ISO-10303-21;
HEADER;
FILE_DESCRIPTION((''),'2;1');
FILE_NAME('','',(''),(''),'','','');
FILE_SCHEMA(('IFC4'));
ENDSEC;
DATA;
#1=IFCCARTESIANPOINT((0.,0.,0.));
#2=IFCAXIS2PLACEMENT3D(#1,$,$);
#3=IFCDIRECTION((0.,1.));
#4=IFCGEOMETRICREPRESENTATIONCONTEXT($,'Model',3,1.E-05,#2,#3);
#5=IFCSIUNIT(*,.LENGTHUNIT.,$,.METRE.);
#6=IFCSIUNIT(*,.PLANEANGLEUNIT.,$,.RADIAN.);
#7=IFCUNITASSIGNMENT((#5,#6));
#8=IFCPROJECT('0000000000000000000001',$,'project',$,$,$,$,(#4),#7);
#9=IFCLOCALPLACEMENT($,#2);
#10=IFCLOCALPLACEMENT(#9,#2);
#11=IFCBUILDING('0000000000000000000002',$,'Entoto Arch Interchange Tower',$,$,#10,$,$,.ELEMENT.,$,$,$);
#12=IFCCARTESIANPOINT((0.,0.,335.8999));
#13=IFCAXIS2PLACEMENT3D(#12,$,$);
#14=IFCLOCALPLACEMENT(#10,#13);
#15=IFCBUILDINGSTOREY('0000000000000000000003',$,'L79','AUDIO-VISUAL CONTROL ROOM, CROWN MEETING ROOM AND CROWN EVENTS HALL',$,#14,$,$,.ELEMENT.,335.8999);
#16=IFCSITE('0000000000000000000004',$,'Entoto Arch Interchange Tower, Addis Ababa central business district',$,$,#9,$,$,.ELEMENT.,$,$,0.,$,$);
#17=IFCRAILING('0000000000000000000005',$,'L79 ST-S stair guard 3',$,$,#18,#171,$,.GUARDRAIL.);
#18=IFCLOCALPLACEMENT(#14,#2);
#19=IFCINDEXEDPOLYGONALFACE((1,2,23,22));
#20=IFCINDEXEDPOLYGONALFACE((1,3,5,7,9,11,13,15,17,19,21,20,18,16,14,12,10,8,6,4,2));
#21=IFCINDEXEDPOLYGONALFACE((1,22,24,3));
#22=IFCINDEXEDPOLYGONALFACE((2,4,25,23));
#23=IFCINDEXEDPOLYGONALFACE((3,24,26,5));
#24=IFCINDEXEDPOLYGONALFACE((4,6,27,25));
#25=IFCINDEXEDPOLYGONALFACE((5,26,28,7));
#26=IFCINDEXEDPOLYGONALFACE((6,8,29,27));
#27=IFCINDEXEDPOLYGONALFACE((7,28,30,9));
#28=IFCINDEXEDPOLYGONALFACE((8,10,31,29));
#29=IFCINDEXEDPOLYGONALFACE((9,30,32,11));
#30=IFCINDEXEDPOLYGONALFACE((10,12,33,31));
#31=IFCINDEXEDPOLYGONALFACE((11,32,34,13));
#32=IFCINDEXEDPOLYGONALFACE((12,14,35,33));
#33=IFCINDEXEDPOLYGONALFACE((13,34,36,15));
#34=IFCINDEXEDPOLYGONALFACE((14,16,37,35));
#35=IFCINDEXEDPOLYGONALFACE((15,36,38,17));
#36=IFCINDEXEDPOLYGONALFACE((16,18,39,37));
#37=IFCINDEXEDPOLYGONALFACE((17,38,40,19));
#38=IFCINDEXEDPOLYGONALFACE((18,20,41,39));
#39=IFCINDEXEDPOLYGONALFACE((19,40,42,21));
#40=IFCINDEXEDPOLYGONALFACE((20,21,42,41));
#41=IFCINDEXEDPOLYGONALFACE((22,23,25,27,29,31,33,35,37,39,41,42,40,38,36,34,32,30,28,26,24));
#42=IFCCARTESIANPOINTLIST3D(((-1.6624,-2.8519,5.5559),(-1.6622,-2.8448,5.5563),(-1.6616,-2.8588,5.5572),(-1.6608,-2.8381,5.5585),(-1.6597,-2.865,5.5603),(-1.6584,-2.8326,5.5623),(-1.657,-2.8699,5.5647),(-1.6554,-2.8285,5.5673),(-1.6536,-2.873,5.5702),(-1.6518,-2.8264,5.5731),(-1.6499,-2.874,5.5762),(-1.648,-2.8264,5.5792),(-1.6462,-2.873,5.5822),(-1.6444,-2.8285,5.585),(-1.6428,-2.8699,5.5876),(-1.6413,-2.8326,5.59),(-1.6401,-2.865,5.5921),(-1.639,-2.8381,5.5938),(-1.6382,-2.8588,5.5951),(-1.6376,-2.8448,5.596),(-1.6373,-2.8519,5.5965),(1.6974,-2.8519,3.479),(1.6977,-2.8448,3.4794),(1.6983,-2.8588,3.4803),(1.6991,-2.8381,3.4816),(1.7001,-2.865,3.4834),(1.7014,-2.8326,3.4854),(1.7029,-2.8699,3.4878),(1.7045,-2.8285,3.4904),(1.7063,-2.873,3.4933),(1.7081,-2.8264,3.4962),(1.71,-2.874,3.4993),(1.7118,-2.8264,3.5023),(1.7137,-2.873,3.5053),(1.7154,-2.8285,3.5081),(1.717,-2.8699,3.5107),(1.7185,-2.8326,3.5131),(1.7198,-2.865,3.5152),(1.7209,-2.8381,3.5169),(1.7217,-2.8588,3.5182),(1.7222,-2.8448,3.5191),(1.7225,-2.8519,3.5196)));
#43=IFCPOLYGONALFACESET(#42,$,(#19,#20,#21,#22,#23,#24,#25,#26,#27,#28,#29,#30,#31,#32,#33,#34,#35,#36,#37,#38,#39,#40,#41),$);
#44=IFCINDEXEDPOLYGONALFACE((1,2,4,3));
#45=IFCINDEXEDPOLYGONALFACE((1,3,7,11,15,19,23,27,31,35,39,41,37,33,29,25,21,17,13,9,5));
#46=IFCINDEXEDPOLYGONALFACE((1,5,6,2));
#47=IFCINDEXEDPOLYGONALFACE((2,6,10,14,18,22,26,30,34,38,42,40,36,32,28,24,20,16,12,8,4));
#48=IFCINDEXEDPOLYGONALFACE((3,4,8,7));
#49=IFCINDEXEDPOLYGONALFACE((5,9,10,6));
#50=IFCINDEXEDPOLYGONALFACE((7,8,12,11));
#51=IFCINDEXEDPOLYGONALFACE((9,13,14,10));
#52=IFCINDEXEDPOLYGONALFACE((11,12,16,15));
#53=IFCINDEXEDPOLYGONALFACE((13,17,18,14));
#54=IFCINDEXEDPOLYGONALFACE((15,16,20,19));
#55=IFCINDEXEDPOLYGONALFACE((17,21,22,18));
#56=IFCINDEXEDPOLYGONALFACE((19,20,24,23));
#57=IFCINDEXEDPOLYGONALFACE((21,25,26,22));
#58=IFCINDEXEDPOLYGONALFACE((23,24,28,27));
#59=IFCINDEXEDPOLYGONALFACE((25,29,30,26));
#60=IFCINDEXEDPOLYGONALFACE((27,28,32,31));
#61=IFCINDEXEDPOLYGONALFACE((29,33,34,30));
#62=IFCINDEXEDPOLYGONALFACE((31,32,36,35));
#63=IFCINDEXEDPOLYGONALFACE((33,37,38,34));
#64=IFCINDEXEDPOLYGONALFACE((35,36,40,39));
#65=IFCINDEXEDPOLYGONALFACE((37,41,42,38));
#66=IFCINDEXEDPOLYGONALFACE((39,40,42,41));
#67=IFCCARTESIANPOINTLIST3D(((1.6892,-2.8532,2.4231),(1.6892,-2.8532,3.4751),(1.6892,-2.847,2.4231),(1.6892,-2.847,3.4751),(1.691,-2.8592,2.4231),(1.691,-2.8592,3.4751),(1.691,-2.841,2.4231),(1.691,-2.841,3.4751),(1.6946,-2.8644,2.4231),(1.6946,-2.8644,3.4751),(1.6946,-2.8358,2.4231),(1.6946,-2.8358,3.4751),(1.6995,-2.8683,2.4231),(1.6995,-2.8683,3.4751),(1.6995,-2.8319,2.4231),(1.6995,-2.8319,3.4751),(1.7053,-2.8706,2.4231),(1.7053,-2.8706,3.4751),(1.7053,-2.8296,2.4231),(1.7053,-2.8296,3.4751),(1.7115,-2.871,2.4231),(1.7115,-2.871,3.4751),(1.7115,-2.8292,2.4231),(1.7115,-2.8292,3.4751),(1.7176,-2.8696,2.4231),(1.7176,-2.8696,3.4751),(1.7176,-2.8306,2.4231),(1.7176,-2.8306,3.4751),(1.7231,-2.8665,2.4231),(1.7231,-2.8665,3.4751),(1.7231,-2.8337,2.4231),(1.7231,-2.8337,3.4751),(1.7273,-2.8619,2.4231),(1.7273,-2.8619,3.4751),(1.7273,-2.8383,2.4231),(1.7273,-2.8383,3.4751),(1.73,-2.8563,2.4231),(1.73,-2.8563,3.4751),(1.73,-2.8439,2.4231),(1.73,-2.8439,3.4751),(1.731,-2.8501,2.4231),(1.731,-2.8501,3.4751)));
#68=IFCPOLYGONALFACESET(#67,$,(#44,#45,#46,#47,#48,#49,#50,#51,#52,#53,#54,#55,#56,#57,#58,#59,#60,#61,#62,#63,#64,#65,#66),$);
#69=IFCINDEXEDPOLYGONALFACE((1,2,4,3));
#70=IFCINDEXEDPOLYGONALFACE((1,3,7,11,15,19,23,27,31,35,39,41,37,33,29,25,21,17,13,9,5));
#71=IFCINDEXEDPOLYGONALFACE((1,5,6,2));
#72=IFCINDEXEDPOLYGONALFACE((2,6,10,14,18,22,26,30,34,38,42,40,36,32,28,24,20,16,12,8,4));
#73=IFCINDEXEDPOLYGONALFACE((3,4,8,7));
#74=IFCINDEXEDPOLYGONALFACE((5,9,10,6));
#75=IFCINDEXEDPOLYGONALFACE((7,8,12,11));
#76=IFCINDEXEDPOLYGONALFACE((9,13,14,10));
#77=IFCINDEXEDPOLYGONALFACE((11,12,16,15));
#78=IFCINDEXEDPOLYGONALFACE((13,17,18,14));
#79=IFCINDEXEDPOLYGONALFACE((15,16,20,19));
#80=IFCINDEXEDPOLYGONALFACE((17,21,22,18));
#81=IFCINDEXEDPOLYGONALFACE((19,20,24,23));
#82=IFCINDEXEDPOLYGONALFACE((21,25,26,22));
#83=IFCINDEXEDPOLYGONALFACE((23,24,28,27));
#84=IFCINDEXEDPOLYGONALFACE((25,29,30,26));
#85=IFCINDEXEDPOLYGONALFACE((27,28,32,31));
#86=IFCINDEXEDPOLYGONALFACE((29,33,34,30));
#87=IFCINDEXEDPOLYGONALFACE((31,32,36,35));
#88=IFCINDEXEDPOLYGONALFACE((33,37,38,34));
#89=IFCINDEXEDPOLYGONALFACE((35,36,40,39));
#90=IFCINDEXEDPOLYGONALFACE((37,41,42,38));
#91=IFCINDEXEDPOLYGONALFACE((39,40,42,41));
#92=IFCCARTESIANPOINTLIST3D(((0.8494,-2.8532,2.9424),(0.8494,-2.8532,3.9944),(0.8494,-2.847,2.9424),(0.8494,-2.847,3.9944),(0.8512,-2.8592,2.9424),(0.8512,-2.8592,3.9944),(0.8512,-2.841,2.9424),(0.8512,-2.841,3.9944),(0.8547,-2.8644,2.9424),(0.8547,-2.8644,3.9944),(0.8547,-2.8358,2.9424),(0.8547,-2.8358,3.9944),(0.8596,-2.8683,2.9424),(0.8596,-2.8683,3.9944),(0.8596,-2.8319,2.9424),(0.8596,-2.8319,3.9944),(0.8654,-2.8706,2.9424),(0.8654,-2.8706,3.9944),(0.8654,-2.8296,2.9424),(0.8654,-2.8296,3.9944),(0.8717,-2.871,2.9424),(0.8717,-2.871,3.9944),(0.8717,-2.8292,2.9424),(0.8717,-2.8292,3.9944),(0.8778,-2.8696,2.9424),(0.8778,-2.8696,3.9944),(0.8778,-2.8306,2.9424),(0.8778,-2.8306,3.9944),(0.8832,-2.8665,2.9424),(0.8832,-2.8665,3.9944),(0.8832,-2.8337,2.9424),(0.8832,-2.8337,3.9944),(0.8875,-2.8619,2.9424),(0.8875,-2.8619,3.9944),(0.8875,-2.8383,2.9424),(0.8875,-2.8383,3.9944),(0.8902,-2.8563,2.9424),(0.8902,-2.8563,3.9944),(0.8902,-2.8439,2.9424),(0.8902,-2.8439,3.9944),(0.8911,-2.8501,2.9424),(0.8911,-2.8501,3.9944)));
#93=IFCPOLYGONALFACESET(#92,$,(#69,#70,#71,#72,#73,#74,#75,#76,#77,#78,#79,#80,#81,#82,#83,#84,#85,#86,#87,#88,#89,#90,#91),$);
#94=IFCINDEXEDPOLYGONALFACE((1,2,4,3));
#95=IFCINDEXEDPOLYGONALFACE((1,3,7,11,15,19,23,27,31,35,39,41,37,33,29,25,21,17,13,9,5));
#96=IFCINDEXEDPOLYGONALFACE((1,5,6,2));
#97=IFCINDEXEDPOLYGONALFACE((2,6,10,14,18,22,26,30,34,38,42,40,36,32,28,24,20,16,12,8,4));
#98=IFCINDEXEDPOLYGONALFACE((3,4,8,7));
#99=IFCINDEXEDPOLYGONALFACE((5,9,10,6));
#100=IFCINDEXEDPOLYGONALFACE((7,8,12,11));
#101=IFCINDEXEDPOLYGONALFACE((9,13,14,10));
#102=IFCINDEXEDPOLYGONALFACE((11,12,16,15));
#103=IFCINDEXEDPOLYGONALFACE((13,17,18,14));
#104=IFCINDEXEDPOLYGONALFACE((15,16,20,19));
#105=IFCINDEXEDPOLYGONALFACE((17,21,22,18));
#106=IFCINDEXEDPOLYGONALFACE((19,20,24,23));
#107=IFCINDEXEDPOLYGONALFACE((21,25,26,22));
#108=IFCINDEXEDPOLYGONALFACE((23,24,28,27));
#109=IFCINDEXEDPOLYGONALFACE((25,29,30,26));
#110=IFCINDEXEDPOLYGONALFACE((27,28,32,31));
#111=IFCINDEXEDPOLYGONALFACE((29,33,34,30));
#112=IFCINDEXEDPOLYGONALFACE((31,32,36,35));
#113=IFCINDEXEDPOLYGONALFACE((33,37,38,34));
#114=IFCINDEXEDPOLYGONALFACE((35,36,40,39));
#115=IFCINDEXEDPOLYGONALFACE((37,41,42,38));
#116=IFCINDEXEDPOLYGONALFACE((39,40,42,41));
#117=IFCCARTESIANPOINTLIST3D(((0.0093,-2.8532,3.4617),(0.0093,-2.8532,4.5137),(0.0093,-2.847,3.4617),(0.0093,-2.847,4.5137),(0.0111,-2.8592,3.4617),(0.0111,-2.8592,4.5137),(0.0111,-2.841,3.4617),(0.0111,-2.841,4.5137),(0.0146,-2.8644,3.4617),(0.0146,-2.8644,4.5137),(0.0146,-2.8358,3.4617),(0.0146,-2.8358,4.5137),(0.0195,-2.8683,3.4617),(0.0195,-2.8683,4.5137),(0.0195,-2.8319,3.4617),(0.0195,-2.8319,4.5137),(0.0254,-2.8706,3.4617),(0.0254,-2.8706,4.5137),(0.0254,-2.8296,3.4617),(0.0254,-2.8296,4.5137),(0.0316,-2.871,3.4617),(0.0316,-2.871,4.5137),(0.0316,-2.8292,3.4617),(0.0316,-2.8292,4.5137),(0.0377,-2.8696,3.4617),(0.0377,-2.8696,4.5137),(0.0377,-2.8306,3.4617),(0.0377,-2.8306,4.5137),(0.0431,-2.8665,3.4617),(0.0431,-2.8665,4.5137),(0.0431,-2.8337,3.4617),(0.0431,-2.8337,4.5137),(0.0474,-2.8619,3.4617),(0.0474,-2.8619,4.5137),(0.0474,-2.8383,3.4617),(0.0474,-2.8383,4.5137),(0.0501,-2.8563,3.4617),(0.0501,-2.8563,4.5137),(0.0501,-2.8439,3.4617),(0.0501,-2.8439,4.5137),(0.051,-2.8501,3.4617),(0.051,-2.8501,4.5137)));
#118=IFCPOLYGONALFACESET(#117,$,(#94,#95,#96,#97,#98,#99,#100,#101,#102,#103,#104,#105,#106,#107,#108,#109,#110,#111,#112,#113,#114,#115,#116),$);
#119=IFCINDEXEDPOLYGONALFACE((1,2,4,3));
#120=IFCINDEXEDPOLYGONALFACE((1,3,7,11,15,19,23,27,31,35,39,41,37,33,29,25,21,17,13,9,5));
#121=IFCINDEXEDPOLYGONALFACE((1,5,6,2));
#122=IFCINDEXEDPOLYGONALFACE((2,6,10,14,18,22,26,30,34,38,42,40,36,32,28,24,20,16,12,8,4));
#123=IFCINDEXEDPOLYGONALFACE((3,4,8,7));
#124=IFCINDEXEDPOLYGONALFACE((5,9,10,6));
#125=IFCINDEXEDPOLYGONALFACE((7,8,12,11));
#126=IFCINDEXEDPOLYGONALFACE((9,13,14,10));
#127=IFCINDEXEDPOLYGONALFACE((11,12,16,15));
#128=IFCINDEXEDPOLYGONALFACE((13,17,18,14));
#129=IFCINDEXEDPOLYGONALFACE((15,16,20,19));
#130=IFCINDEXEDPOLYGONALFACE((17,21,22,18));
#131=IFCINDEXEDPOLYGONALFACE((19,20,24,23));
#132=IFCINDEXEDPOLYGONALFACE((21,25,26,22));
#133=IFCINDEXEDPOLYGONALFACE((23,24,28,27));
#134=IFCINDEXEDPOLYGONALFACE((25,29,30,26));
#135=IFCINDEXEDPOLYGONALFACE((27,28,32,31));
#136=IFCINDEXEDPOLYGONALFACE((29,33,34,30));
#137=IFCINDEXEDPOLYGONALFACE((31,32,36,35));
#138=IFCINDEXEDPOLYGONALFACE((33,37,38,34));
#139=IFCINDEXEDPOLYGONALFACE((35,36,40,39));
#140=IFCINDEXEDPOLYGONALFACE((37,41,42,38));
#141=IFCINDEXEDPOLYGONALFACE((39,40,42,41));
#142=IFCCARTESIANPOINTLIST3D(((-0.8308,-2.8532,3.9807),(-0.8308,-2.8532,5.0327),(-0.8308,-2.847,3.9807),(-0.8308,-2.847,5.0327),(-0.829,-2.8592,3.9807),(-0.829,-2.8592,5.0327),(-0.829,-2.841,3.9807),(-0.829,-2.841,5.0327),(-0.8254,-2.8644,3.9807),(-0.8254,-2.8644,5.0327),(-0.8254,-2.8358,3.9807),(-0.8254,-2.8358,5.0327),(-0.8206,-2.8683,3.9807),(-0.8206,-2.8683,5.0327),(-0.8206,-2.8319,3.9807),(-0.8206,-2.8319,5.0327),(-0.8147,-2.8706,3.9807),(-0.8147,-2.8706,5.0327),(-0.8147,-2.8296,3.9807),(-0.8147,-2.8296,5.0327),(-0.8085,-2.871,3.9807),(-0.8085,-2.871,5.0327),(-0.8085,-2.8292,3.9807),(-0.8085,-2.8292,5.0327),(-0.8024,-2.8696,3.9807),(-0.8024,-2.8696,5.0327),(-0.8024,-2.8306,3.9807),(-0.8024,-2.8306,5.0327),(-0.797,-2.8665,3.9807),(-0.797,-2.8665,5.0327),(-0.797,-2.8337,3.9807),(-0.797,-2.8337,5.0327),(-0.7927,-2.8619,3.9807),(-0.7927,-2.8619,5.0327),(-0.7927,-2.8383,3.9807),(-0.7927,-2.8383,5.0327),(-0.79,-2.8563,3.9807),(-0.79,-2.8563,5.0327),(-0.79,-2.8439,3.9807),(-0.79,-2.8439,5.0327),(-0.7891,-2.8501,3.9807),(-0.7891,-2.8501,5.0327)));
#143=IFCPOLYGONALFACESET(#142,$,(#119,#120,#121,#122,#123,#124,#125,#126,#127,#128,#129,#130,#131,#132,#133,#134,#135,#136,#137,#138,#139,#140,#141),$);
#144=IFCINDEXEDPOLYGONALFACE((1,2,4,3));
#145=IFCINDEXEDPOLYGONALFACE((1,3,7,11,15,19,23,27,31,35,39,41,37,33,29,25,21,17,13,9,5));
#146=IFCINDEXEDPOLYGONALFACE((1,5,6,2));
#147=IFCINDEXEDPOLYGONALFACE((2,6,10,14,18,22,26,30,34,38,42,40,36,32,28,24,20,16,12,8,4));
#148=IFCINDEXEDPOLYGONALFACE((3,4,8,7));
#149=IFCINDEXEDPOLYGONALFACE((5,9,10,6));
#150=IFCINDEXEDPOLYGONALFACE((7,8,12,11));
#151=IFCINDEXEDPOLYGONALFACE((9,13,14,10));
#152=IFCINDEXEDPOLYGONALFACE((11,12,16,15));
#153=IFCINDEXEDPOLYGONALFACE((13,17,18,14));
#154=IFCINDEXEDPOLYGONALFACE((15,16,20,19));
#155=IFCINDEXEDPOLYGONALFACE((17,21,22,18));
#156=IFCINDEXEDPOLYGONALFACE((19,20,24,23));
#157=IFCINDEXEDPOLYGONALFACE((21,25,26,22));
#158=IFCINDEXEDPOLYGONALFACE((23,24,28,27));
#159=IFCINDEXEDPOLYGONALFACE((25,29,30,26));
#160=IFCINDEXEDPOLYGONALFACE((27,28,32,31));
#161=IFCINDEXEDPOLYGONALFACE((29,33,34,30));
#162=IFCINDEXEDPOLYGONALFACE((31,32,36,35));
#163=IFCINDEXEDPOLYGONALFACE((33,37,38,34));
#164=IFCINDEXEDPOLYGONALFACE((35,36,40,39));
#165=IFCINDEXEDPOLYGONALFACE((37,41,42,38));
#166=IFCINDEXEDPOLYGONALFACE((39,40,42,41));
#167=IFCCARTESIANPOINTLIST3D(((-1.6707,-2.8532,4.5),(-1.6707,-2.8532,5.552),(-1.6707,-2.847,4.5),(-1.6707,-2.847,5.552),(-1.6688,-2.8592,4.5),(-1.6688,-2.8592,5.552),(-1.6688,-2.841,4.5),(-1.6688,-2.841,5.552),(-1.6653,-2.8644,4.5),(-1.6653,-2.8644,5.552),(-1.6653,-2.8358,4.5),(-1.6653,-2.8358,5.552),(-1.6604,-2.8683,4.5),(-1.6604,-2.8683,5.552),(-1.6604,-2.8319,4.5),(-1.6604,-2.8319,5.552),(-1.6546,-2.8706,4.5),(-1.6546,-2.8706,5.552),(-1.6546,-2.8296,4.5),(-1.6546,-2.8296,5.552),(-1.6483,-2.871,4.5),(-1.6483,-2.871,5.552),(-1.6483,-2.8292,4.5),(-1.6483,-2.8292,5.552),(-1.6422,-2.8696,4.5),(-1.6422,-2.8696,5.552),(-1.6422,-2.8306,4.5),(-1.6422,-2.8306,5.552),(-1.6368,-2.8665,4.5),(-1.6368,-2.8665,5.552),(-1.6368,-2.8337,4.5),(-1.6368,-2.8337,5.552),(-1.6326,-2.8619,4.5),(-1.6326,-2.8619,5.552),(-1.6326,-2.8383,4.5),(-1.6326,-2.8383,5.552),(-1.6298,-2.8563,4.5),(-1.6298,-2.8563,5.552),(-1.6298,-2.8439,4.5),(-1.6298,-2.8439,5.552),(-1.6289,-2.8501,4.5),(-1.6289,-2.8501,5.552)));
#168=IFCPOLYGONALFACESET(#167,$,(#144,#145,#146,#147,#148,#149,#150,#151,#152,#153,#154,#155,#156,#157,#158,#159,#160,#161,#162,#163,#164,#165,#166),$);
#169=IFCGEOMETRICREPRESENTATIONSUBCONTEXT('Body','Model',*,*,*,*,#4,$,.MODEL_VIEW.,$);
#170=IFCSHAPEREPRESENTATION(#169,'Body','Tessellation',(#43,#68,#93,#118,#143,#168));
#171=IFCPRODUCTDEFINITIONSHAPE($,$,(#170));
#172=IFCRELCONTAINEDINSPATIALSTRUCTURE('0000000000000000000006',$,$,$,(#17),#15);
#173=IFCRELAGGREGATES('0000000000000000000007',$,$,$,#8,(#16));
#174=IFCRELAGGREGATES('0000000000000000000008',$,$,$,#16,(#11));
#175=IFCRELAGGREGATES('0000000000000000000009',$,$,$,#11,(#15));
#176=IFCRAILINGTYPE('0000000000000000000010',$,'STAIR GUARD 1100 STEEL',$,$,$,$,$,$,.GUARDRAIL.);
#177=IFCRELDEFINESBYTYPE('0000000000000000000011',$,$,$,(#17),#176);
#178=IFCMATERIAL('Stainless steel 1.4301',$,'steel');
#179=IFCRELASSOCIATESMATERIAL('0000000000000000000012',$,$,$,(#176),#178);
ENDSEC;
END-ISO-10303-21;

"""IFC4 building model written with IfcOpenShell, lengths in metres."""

from ifc_helpers import new_model, si_unit, direction, frame, origin, origin_2d, place, context, subcontext, project, spatial, circle, extrude, material, type_object, element, save


model = new_model("IFC4")

# Units and contexts
model_context = context("Model", 3, precision=1e-05, world=origin(), true_north=direction((0.0, 1.0)))
body_context = subcontext(model_context, "Body", "Model", "MODEL_VIEW")
ifc_project = project(units=[si_unit("LENGTHUNIT", "METRE"), si_unit("PLANEANGLEUNIT", "RADIAN")], contexts=[model_context])

# Site, building, storey
site_placement = place(None, origin())
site = spatial("IfcSite", under=ifc_project, at=site_placement, Name="Entoto Arch Interchange Tower, Addis Ababa central business district", CompositionType="ELEMENT", RefElevation=0.0)
building_placement = place(site_placement, origin())
building = spatial("IfcBuilding", under=site, at=building_placement, Name="Entoto Arch Interchange Tower", CompositionType="ELEMENT")
storey_placement = place(building_placement, frame((0.0, 0.0, 335.8999)))
storey = spatial("IfcBuildingStorey", under=building, at=storey_placement, Name="L79", Description="AUDIO-VISUAL CONTROL ROOM, CROWN MEETING ROOM AND CROWN EVENTS HALL", CompositionType="ELEMENT", Elevation=335.8999)

# Railing
ifc_material_1 = material(Name="Stainless steel 1.4301", Category="steel")
railing_type_1 = type_object("IfcRailingType", Name="STAIR GUARD 1100 STEEL", PredefinedType="GUARDRAIL", material=ifc_material_1)
railing_1_placement = place(storey_placement, frame((1.71, -2.8501, 2.4231)))
element("IfcRailing", 1, at=railing_1_placement, inside=storey, type_object=railing_type_1, Name="L79 ST-S stair guard 3", PredefinedType="GUARDRAIL", context=body_context, shape_type="SweptSolid", body=[
    extrude(circle(Radius=0.0239, at=origin_2d()), frame((0.0, 0.0, 1.0762), z_axis=(-0.850606, 0.0, 0.525803), x_axis=(0.0, -1.0, 0.0)), (0.0, 0.0, 1.0), 3.95),
    extrude(circle(Radius=0.021, at=origin_2d()), origin(), (0.0, 0.0, 1.0), 1.052),
    extrude(circle(Radius=0.021, at=origin_2d()), frame((-0.8398, 0.0, 0.5193)), (0.0, 0.0, 1.0), 1.052),
    extrude(circle(Radius=0.021, at=origin_2d()), frame((-1.6799, 0.0, 1.0386)), (0.0, 0.0, 1.0), 1.052),
    extrude(circle(Radius=0.021, at=origin_2d()), frame((-2.52, 0.0, 1.5576)), (0.0, 0.0, 1.0), 1.052),
    extrude(circle(Radius=0.021, at=origin_2d()), frame((-3.3599, 0.0, 2.0769)), (0.0, 0.0, 1.0), 1.052),
])

save(model, "model.ifc")
